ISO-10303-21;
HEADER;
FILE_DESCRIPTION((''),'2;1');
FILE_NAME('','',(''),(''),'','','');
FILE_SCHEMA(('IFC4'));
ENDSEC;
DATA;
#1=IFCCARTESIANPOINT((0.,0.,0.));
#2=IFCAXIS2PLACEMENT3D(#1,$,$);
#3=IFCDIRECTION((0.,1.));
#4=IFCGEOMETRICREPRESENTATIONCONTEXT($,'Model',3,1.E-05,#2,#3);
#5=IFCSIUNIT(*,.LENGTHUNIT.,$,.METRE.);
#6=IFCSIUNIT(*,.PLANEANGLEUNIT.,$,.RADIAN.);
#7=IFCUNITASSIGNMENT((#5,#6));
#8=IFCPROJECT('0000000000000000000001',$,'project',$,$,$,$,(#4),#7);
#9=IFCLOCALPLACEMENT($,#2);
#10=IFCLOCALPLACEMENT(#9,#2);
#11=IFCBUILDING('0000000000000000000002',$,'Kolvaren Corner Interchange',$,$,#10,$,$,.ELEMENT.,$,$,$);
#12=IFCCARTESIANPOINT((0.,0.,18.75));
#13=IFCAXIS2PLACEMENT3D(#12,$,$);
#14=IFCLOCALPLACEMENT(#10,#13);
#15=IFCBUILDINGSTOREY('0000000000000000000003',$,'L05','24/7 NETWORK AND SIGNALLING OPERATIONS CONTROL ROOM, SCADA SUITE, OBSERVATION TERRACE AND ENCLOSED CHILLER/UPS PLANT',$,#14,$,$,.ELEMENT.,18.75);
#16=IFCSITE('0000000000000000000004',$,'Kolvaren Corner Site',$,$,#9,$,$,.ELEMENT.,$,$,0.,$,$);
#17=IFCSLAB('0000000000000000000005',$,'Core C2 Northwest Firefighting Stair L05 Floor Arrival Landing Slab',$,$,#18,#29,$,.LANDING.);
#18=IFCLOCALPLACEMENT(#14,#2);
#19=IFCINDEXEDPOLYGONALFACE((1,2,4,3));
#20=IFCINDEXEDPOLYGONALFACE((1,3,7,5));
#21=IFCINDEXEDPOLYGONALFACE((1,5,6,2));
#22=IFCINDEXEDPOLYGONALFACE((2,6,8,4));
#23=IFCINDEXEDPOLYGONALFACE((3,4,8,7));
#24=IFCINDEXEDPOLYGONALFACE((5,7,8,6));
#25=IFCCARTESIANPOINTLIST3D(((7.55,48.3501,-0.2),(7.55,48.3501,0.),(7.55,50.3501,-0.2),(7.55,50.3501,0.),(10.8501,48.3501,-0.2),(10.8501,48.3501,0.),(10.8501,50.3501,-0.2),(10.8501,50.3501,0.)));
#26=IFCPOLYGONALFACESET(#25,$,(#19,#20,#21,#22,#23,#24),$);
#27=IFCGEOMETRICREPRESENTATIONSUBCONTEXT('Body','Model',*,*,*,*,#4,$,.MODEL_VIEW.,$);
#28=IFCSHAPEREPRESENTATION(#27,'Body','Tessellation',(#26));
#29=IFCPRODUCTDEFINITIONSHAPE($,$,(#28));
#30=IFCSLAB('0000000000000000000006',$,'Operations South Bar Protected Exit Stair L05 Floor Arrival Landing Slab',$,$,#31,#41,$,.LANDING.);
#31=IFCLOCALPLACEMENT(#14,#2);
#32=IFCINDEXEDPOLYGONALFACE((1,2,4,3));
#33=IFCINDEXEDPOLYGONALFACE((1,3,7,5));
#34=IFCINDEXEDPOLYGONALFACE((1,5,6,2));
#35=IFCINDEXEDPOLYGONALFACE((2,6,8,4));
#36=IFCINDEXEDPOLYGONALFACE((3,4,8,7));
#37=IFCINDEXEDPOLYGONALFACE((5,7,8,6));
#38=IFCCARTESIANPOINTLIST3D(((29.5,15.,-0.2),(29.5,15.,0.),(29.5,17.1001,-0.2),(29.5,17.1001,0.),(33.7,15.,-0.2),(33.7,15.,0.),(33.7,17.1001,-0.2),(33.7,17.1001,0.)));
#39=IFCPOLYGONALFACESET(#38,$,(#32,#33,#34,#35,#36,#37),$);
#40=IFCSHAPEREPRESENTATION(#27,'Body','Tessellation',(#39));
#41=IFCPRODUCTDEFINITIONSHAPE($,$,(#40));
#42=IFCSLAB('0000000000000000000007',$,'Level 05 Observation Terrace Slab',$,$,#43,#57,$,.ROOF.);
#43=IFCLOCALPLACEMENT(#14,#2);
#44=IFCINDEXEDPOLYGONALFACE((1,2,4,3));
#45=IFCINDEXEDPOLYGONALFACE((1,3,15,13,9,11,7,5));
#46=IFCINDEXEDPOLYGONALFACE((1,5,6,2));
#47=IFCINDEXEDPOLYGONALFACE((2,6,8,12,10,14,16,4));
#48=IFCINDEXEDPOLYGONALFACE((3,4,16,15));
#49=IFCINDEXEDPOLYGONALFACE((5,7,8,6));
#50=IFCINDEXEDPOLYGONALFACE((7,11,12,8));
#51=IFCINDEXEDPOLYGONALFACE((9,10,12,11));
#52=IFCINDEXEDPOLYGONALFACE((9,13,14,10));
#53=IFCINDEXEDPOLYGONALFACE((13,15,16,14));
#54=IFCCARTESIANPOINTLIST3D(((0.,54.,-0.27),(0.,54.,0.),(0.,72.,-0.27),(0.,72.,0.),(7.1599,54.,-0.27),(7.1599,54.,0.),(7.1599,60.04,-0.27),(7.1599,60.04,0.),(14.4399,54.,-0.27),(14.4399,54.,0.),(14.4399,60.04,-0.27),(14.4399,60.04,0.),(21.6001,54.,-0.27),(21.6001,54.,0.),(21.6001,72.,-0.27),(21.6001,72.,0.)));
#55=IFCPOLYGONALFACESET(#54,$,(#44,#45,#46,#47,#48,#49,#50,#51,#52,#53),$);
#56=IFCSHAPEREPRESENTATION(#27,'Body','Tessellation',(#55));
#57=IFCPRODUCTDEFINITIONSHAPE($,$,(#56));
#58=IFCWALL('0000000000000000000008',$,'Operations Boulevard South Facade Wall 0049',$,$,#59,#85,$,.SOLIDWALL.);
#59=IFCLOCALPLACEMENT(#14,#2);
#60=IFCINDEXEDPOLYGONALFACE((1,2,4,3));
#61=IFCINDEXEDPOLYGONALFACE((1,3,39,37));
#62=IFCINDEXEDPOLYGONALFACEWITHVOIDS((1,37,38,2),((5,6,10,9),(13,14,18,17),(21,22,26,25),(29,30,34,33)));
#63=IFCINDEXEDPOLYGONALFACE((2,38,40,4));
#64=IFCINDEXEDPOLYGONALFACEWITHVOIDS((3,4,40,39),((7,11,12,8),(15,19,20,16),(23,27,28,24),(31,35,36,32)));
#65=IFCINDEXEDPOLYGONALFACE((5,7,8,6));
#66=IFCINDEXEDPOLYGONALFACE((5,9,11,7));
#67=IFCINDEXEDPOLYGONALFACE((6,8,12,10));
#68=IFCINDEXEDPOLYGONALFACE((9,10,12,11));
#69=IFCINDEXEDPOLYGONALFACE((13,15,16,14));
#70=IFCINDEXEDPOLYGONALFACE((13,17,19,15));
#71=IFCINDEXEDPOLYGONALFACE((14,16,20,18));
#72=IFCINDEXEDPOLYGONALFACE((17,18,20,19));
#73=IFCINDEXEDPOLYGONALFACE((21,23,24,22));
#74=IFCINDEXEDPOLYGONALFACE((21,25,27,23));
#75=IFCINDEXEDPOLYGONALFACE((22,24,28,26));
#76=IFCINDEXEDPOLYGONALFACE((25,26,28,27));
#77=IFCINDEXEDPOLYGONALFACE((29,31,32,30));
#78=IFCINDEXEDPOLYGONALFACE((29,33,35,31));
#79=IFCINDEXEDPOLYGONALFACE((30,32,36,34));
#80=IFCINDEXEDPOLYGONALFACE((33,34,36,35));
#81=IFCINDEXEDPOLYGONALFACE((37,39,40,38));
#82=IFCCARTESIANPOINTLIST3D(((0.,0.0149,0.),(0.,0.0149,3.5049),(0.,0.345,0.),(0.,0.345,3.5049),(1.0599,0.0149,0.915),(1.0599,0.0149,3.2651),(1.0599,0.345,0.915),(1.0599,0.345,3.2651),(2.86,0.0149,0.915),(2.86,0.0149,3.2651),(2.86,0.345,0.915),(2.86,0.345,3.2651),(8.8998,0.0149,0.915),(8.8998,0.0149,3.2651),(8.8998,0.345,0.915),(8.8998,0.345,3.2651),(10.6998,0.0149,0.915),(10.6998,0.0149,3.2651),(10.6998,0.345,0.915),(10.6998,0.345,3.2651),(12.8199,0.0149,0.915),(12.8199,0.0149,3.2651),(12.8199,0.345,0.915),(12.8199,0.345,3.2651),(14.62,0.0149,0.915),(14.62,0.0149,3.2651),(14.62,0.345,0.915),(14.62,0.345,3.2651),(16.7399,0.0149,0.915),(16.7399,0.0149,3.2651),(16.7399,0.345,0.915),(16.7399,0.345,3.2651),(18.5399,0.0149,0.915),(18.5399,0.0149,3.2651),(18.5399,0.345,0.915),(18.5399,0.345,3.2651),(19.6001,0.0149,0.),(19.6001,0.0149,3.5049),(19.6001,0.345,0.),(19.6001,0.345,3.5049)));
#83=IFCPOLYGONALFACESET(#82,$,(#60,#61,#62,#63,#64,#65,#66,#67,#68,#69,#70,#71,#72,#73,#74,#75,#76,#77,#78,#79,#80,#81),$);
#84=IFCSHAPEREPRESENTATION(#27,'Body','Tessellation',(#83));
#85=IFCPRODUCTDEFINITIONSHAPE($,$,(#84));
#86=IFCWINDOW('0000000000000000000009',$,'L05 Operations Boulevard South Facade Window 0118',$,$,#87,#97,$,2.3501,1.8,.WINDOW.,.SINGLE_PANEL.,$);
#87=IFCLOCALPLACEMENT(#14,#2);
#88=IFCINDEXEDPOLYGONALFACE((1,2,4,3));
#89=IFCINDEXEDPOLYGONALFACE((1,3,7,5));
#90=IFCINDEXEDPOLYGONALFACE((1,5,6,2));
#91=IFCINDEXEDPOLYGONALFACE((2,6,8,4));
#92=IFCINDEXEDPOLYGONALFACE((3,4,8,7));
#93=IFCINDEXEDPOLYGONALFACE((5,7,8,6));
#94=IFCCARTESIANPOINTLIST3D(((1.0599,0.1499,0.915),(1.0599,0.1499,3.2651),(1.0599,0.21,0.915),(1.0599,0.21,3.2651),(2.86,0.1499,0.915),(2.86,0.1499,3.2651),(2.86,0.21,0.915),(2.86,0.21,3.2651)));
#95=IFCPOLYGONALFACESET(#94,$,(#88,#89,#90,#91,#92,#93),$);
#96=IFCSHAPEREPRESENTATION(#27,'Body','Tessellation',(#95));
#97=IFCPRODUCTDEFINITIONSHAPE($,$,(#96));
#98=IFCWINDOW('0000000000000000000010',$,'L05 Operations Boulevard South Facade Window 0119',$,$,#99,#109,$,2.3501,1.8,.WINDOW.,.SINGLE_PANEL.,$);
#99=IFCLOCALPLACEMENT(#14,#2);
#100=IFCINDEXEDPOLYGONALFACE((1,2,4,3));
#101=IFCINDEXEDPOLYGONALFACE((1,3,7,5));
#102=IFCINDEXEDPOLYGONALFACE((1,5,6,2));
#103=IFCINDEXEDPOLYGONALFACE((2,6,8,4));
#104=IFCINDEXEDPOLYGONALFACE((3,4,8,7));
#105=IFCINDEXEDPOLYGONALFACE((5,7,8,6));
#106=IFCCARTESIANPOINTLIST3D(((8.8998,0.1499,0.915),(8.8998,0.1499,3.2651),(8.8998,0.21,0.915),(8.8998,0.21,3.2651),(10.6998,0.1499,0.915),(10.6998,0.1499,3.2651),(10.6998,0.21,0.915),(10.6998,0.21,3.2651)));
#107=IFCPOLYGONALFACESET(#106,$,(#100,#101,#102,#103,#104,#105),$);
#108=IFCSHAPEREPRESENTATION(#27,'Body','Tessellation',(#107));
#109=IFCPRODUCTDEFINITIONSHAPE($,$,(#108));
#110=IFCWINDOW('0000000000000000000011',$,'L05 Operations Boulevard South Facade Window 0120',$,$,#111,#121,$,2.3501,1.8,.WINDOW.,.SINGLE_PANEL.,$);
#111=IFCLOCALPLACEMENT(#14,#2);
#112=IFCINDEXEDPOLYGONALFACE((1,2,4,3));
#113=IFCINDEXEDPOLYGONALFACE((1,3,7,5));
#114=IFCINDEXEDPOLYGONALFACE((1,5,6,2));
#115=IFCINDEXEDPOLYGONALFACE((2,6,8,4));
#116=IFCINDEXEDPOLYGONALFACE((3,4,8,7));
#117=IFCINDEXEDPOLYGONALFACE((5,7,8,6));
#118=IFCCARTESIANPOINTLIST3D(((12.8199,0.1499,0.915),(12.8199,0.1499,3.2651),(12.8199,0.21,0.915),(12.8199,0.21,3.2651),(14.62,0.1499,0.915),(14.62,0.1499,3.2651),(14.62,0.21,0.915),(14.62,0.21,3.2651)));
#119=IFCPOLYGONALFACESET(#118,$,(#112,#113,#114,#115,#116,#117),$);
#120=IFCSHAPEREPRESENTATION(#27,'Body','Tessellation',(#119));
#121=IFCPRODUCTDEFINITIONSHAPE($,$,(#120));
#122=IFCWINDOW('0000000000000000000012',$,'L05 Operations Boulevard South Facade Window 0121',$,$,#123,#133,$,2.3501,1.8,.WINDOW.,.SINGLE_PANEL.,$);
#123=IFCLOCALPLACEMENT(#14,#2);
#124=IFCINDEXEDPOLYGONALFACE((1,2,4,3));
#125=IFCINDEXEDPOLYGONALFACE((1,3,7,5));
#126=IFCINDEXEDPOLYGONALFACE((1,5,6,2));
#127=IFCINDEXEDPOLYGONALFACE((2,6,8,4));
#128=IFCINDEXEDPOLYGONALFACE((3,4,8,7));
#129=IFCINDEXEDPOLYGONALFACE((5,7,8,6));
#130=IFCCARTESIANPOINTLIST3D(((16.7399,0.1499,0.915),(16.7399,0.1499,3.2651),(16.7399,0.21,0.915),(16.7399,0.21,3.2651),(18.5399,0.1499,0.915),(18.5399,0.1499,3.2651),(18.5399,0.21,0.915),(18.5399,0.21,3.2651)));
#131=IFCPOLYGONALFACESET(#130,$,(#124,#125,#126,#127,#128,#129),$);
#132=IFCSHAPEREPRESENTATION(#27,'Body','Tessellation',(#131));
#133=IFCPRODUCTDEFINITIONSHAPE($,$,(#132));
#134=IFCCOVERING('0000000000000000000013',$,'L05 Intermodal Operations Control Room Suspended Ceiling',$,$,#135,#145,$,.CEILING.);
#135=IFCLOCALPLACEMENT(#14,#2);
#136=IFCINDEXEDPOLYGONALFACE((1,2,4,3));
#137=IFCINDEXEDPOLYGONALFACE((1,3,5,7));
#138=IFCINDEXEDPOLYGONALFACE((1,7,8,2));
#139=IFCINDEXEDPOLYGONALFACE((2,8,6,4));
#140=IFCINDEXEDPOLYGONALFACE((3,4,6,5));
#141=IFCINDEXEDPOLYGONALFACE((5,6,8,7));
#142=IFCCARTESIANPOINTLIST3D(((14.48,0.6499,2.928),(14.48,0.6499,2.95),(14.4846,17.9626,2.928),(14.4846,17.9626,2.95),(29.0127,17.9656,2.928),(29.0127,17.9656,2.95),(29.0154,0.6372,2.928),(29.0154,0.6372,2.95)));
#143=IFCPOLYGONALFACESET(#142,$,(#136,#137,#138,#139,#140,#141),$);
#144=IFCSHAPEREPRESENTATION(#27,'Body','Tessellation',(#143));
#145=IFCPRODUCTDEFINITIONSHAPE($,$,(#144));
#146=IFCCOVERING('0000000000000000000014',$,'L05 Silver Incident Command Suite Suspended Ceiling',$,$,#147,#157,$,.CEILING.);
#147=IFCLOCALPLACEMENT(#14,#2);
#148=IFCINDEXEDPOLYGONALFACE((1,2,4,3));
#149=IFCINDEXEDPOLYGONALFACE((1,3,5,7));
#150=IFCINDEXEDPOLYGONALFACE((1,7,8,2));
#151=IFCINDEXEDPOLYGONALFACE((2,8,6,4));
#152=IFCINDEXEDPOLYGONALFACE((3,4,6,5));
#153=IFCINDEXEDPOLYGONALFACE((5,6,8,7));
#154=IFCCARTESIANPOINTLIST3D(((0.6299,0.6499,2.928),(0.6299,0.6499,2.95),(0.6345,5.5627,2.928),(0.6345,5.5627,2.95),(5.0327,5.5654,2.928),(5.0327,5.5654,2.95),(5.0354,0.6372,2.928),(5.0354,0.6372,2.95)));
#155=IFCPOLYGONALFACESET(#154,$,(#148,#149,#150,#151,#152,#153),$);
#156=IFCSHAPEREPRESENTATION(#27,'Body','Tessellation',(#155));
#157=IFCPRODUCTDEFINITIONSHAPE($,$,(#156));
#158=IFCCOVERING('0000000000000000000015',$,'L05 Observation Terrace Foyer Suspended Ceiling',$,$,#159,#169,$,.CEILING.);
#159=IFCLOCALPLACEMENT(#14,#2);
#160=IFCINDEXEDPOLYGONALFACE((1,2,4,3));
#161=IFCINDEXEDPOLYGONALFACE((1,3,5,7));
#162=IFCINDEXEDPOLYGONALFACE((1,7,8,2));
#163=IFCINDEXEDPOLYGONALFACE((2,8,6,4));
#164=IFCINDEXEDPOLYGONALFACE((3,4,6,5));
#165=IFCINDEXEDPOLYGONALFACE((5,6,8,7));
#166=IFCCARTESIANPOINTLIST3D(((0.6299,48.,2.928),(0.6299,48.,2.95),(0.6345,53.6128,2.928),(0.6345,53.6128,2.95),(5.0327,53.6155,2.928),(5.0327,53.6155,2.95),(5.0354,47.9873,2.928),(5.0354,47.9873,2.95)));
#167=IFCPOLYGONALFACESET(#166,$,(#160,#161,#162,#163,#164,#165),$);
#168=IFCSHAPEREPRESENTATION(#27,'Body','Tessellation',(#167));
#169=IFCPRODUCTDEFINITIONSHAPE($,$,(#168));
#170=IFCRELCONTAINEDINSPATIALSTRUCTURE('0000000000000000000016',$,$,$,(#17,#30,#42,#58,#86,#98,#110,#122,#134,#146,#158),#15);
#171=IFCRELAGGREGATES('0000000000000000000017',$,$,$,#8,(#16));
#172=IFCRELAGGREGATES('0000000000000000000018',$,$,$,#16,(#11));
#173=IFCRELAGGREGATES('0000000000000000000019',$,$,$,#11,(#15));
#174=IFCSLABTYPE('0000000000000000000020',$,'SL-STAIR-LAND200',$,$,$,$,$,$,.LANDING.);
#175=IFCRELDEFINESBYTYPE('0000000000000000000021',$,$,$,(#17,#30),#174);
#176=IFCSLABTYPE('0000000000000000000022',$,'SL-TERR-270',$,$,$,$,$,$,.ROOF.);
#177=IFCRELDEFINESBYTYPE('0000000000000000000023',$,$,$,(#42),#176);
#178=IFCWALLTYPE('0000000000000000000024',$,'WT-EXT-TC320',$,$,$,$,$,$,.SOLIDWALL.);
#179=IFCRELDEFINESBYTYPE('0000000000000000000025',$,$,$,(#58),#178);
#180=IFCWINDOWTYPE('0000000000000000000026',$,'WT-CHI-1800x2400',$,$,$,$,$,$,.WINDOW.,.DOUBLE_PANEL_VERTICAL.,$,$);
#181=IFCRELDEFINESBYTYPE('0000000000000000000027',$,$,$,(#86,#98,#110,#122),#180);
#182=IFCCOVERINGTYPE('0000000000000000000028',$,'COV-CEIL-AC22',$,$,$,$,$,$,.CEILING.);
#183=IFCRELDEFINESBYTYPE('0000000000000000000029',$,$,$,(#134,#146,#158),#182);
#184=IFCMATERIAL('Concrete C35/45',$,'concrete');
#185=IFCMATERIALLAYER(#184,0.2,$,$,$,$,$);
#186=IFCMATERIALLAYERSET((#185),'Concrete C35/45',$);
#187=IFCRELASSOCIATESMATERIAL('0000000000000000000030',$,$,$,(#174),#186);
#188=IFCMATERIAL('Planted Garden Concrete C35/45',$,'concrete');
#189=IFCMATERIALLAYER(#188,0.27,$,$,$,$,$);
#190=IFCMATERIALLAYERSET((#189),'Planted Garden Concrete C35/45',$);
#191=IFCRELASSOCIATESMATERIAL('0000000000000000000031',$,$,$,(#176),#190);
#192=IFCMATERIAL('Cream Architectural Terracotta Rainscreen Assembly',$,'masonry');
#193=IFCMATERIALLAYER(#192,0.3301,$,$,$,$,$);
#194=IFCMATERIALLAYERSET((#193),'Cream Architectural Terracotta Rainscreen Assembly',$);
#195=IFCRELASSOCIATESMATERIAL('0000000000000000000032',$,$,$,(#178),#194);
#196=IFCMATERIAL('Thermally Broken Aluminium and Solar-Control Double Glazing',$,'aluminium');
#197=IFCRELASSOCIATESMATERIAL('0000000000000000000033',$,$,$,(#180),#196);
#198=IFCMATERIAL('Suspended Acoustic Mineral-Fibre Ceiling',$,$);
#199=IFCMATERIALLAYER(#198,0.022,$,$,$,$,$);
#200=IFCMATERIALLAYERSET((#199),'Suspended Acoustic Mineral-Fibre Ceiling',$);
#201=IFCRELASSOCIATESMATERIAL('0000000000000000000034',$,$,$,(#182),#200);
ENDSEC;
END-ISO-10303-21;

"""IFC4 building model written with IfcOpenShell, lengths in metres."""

from ifc_helpers import new_model, si_unit, direction, frame, frame_2d, origin, place, context, subcontext, project, spatial, polyline, rectangle, outline, extrude, material, layer, layer_set, type_object, element, fill, save


model = new_model("IFC4")

# Units and contexts
model_context = context("Model", 3, precision=1e-05, world=origin(), true_north=direction((0.0, 1.0)))
body_context = subcontext(model_context, "Body", "Model", "MODEL_VIEW")
ifc_project = project(units=[si_unit("LENGTHUNIT", "METRE"), si_unit("PLANEANGLEUNIT", "RADIAN")], contexts=[model_context])

# Site, building, storey
site_placement = place(None, origin())
site = spatial("IfcSite", under=ifc_project, at=site_placement, Name="Kolvaren Corner Site", CompositionType="ELEMENT", RefElevation=0.0)
building_placement = place(site_placement, origin())
building = spatial("IfcBuilding", under=site, at=building_placement, Name="Kolvaren Corner Interchange", CompositionType="ELEMENT")
storey_placement = place(building_placement, frame((0.0, 0.0, 18.75)))
storey = spatial("IfcBuildingStorey", under=building, at=storey_placement, Name="L05", Description="24/7 NETWORK AND SIGNALLING OPERATIONS CONTROL ROOM, SCADA SUITE, OBSERVATION TERRACE AND ENCLOSED CHILLER/UPS PLANT", CompositionType="ELEMENT", Elevation=18.75)

# Slabs
ifc_material_1 = material(Name="Concrete C35/45", Category="concrete")
ifc_layer_1 = layer(ifc_material_1, 0.2)
ifc_layer_set_1 = layer_set([ifc_layer_1], Name="Concrete C35/45")
slab_type_1 = type_object("IfcSlabType", Name="SL-STAIR-LAND200", PredefinedType="LANDING", material=ifc_layer_set_1)
slab_1_placement = place(storey_placement, frame((0.0, 0.0, -0.2)))
element("IfcSlab", 1, at=slab_1_placement, inside=storey, type_object=slab_type_1, Name="Core C2 Northwest Firefighting Stair L05 Floor Arrival Landing Slab", PredefinedType="LANDING", context=body_context, shape_type="SweptSolid", body=[
    extrude(outline(polyline([(10.8501, 48.3501), (10.8501, 50.3501), (7.55, 50.3501), (7.55, 48.3501), (10.8501, 48.3501)])), origin(), (0.0, 0.0, 1.0), 0.2),
])
slab_2_placement = place(storey_placement, frame((0.0, 0.0, -0.2)))
element("IfcSlab", 2, at=slab_2_placement, inside=storey, type_object=slab_type_1, Name="Operations South Bar Protected Exit Stair L05 Floor Arrival Landing Slab", PredefinedType="LANDING", context=body_context, shape_type="SweptSolid", body=[
    extrude(outline(polyline([(29.5, 17.1001), (29.5, 15.0), (33.7, 15.0), (33.7, 17.1001), (29.5, 17.1001)])), origin(), (0.0, 0.0, 1.0), 0.2),
])
ifc_material_2 = material(Name="Planted Garden Concrete C35/45", Category="concrete")
ifc_layer_2 = layer(ifc_material_2, 0.27)
ifc_layer_set_2 = layer_set([ifc_layer_2], Name="Planted Garden Concrete C35/45")
slab_type_2 = type_object("IfcSlabType", Name="SL-TERR-270", PredefinedType="ROOF", material=ifc_layer_set_2)
slab_3_placement = place(storey_placement, frame((0.0, 0.0, -0.27)))
element("IfcSlab", 3, at=slab_3_placement, inside=storey, type_object=slab_type_2, Name="Level 05 Observation Terrace Slab", PredefinedType="ROOF", context=body_context, shape_type="SweptSolid", body=[
    extrude(outline(polyline([(0.0, 72.0), (0.0, 54.0), (7.1599, 54.0), (7.1599, 60.04), (14.4399, 60.04), (14.4399, 54.0), (21.6001, 54.0), (21.6001, 72.0), (0.0, 72.0)])), origin(), (0.0, 0.0, 1.0), 0.27),
])

# Wall, openings, windows
ifc_material_3 = material(Name="Cream Architectural Terracotta Rainscreen Assembly", Category="masonry")
ifc_layer_3 = layer(ifc_material_3, 0.3301)
ifc_layer_set_3 = layer_set([ifc_layer_3], Name="Cream Architectural Terracotta Rainscreen Assembly")
wall_type = type_object("IfcWallType", Name="WT-EXT-TC320", PredefinedType="SOLIDWALL", material=ifc_layer_set_3)
wall_placement = place(storey_placement, frame((0.0, 0.1799, 0.0), z_axis=(0.0, 0.0, 1.0), x_axis=(1.0, 0.0, 0.0)))
wall = element("IfcWall", 4, at=wall_placement, inside=storey, type_object=wall_type, Name="Operations Boulevard South Facade Wall 0049", PredefinedType="SOLIDWALL", context=body_context, shape_type="SweptSolid", body=[
    extrude(rectangle(XDim=19.6001, YDim=0.3301, at=frame_2d((9.8, 0.0))), origin(), (0.0, 0.0, 1.0), 3.5049),
])
opening_1_placement = place(wall_placement, frame((1.0601, 0.0, 0.915)))
opening_1 = element("IfcOpeningElement", 5, at=opening_1_placement, cuts=wall, PredefinedType="OPENING", context=body_context, shape_type="SweptSolid", body=[
    extrude(rectangle(XDim=1.8, YDim=2.3501, at=frame_2d((0.8999, 1.175))), frame((0.0, 0.175, 0.0), z_axis=(0.0, -1.0, 0.0), x_axis=(1.0, 0.0, 0.0)), (0.0, 0.0, 1.0), 0.3501),
])
opening_2_placement = place(wall_placement, frame((8.8999, 0.0, 0.915)))
opening_2 = element("IfcOpeningElement", 6, at=opening_2_placement, cuts=wall, PredefinedType="OPENING", context=body_context, shape_type="SweptSolid", body=[
    extrude(rectangle(XDim=1.8, YDim=2.3501, at=frame_2d((0.8999, 1.175))), frame((0.0, 0.175, 0.0), z_axis=(0.0, -1.0, 0.0), x_axis=(1.0, 0.0, 0.0)), (0.0, 0.0, 1.0), 0.3501),
])
opening_3_placement = place(wall_placement, frame((12.8201, 0.0, 0.915)))
opening_3 = element("IfcOpeningElement", 7, at=opening_3_placement, cuts=wall, PredefinedType="OPENING", context=body_context, shape_type="SweptSolid", body=[
    extrude(rectangle(XDim=1.8, YDim=2.3501, at=frame_2d((0.8999, 1.175))), frame((0.0, 0.175, 0.0), z_axis=(0.0, -1.0, 0.0), x_axis=(1.0, 0.0, 0.0)), (0.0, 0.0, 1.0), 0.3501),
])
opening_4_placement = place(wall_placement, frame((16.74, 0.0, 0.915)))
opening_4 = element("IfcOpeningElement", 8, at=opening_4_placement, cuts=wall, PredefinedType="OPENING", context=body_context, shape_type="SweptSolid", body=[
    extrude(rectangle(XDim=1.8, YDim=2.3501, at=frame_2d((0.8999, 1.175))), frame((0.0, 0.175, 0.0), z_axis=(0.0, -1.0, 0.0), x_axis=(1.0, 0.0, 0.0)), (0.0, 0.0, 1.0), 0.3501),
])
ifc_material_4 = material(Name="Thermally Broken Aluminium and Solar-Control Double Glazing", Category="aluminium")
window_type_1 = type_object("IfcWindowType", Name="WT-CHI-1800x2400", PartitioningType="DOUBLE_PANEL_VERTICAL", PredefinedType="WINDOW", material=ifc_material_4)
window_1_placement = place(opening_1_placement, origin())
window_1 = element("IfcWindow", 9, at=window_1_placement, inside=storey, type_object=window_type_1, Name="L05 Operations Boulevard South Facade Window 0118", OverallHeight=2.3501, OverallWidth=1.8, PartitioningType="SINGLE_PANEL", PredefinedType="WINDOW", context=body_context, shape_type="SweptSolid", body=[
    extrude(rectangle(XDim=1.8, YDim=2.3501, at=frame_2d((0.8999, 1.175))), frame((0.0, 0.03, 0.0), z_axis=(0.0, -1.0, 0.0), x_axis=(1.0, 0.0, 0.0)), (0.0, 0.0, 1.0), 0.0601),
])
fill(opening_1, window_1)
window_2_placement = place(opening_2_placement, origin())
window_2 = element("IfcWindow", 10, at=window_2_placement, inside=storey, type_object=window_type_1, Name="L05 Operations Boulevard South Facade Window 0119", OverallHeight=2.3501, OverallWidth=1.8, PartitioningType="SINGLE_PANEL", PredefinedType="WINDOW", context=body_context, shape_type="SweptSolid", body=[
    extrude(rectangle(XDim=1.8, YDim=2.3501, at=frame_2d((0.8999, 1.175))), frame((0.0, 0.03, 0.0), z_axis=(0.0, -1.0, 0.0), x_axis=(1.0, 0.0, 0.0)), (0.0, 0.0, 1.0), 0.0601),
])
fill(opening_2, window_2)
window_3_placement = place(opening_3_placement, origin())
window_3 = element("IfcWindow", 11, at=window_3_placement, inside=storey, type_object=window_type_1, Name="L05 Operations Boulevard South Facade Window 0120", OverallHeight=2.3501, OverallWidth=1.8, PartitioningType="SINGLE_PANEL", PredefinedType="WINDOW", context=body_context, shape_type="SweptSolid", body=[
    extrude(rectangle(XDim=1.8, YDim=2.3501, at=frame_2d((0.8999, 1.175))), frame((0.0, 0.03, 0.0), z_axis=(0.0, -1.0, 0.0), x_axis=(1.0, 0.0, 0.0)), (0.0, 0.0, 1.0), 0.0601),
])
fill(opening_3, window_3)
window_4_placement = place(opening_4_placement, origin())
window_4 = element("IfcWindow", 12, at=window_4_placement, inside=storey, type_object=window_type_1, Name="L05 Operations Boulevard South Facade Window 0121", OverallHeight=2.3501, OverallWidth=1.8, PartitioningType="SINGLE_PANEL", PredefinedType="WINDOW", context=body_context, shape_type="SweptSolid", body=[
    extrude(rectangle(XDim=1.8, YDim=2.3501, at=frame_2d((0.8999, 1.175))), frame((0.0, 0.03, 0.0), z_axis=(0.0, -1.0, 0.0), x_axis=(1.0, 0.0, 0.0)), (0.0, 0.0, 1.0), 0.0601),
])
fill(opening_4, window_4)

# Coverings
ifc_material_5 = material(Name="Suspended Acoustic Mineral-Fibre Ceiling")
ifc_layer_4 = layer(ifc_material_5, 0.022)
ifc_layer_set_4 = layer_set([ifc_layer_4], Name="Suspended Acoustic Mineral-Fibre Ceiling")
covering_type_1 = type_object("IfcCoveringType", Name="COV-CEIL-AC22", PredefinedType="CEILING", material=ifc_layer_set_4)
covering_1_placement = place(storey_placement, frame((0.0, 0.0, 2.928)))
element("IfcCovering", 13, at=covering_1_placement, inside=storey, type_object=covering_type_1, Name="L05 Intermodal Operations Control Room Suspended Ceiling", PredefinedType="CEILING", context=body_context, shape_type="SweptSolid", body=[
    extrude(outline(polyline([(14.48, 0.6499), (29.0154, 0.6372), (29.0127, 17.9656), (14.4846, 17.9626), (14.48, 0.6499)])), origin(), (0.0, 0.0, 1.0), 0.022),
])
covering_2_placement = place(storey_placement, frame((0.0, 0.0, 2.928)))
element("IfcCovering", 14, at=covering_2_placement, inside=storey, type_object=covering_type_1, Name="L05 Silver Incident Command Suite Suspended Ceiling", PredefinedType="CEILING", context=body_context, shape_type="SweptSolid", body=[
    extrude(outline(polyline([(0.6299, 0.6499), (5.0354, 0.6372), (5.0327, 5.5654), (0.6345, 5.5627), (0.6299, 0.6499)])), origin(), (0.0, 0.0, 1.0), 0.022),
])
covering_3_placement = place(storey_placement, frame((0.0, 0.0, 2.928)))
element("IfcCovering", 15, at=covering_3_placement, inside=storey, type_object=covering_type_1, Name="L05 Observation Terrace Foyer Suspended Ceiling", PredefinedType="CEILING", context=body_context, shape_type="SweptSolid", body=[
    extrude(outline(polyline([(0.6299, 48.0), (5.0354, 47.9873), (5.0327, 53.6155), (0.6345, 53.6128), (0.6299, 48.0)])), origin(), (0.0, 0.0, 1.0), 0.022),
])

save(model, "model.ifc")
